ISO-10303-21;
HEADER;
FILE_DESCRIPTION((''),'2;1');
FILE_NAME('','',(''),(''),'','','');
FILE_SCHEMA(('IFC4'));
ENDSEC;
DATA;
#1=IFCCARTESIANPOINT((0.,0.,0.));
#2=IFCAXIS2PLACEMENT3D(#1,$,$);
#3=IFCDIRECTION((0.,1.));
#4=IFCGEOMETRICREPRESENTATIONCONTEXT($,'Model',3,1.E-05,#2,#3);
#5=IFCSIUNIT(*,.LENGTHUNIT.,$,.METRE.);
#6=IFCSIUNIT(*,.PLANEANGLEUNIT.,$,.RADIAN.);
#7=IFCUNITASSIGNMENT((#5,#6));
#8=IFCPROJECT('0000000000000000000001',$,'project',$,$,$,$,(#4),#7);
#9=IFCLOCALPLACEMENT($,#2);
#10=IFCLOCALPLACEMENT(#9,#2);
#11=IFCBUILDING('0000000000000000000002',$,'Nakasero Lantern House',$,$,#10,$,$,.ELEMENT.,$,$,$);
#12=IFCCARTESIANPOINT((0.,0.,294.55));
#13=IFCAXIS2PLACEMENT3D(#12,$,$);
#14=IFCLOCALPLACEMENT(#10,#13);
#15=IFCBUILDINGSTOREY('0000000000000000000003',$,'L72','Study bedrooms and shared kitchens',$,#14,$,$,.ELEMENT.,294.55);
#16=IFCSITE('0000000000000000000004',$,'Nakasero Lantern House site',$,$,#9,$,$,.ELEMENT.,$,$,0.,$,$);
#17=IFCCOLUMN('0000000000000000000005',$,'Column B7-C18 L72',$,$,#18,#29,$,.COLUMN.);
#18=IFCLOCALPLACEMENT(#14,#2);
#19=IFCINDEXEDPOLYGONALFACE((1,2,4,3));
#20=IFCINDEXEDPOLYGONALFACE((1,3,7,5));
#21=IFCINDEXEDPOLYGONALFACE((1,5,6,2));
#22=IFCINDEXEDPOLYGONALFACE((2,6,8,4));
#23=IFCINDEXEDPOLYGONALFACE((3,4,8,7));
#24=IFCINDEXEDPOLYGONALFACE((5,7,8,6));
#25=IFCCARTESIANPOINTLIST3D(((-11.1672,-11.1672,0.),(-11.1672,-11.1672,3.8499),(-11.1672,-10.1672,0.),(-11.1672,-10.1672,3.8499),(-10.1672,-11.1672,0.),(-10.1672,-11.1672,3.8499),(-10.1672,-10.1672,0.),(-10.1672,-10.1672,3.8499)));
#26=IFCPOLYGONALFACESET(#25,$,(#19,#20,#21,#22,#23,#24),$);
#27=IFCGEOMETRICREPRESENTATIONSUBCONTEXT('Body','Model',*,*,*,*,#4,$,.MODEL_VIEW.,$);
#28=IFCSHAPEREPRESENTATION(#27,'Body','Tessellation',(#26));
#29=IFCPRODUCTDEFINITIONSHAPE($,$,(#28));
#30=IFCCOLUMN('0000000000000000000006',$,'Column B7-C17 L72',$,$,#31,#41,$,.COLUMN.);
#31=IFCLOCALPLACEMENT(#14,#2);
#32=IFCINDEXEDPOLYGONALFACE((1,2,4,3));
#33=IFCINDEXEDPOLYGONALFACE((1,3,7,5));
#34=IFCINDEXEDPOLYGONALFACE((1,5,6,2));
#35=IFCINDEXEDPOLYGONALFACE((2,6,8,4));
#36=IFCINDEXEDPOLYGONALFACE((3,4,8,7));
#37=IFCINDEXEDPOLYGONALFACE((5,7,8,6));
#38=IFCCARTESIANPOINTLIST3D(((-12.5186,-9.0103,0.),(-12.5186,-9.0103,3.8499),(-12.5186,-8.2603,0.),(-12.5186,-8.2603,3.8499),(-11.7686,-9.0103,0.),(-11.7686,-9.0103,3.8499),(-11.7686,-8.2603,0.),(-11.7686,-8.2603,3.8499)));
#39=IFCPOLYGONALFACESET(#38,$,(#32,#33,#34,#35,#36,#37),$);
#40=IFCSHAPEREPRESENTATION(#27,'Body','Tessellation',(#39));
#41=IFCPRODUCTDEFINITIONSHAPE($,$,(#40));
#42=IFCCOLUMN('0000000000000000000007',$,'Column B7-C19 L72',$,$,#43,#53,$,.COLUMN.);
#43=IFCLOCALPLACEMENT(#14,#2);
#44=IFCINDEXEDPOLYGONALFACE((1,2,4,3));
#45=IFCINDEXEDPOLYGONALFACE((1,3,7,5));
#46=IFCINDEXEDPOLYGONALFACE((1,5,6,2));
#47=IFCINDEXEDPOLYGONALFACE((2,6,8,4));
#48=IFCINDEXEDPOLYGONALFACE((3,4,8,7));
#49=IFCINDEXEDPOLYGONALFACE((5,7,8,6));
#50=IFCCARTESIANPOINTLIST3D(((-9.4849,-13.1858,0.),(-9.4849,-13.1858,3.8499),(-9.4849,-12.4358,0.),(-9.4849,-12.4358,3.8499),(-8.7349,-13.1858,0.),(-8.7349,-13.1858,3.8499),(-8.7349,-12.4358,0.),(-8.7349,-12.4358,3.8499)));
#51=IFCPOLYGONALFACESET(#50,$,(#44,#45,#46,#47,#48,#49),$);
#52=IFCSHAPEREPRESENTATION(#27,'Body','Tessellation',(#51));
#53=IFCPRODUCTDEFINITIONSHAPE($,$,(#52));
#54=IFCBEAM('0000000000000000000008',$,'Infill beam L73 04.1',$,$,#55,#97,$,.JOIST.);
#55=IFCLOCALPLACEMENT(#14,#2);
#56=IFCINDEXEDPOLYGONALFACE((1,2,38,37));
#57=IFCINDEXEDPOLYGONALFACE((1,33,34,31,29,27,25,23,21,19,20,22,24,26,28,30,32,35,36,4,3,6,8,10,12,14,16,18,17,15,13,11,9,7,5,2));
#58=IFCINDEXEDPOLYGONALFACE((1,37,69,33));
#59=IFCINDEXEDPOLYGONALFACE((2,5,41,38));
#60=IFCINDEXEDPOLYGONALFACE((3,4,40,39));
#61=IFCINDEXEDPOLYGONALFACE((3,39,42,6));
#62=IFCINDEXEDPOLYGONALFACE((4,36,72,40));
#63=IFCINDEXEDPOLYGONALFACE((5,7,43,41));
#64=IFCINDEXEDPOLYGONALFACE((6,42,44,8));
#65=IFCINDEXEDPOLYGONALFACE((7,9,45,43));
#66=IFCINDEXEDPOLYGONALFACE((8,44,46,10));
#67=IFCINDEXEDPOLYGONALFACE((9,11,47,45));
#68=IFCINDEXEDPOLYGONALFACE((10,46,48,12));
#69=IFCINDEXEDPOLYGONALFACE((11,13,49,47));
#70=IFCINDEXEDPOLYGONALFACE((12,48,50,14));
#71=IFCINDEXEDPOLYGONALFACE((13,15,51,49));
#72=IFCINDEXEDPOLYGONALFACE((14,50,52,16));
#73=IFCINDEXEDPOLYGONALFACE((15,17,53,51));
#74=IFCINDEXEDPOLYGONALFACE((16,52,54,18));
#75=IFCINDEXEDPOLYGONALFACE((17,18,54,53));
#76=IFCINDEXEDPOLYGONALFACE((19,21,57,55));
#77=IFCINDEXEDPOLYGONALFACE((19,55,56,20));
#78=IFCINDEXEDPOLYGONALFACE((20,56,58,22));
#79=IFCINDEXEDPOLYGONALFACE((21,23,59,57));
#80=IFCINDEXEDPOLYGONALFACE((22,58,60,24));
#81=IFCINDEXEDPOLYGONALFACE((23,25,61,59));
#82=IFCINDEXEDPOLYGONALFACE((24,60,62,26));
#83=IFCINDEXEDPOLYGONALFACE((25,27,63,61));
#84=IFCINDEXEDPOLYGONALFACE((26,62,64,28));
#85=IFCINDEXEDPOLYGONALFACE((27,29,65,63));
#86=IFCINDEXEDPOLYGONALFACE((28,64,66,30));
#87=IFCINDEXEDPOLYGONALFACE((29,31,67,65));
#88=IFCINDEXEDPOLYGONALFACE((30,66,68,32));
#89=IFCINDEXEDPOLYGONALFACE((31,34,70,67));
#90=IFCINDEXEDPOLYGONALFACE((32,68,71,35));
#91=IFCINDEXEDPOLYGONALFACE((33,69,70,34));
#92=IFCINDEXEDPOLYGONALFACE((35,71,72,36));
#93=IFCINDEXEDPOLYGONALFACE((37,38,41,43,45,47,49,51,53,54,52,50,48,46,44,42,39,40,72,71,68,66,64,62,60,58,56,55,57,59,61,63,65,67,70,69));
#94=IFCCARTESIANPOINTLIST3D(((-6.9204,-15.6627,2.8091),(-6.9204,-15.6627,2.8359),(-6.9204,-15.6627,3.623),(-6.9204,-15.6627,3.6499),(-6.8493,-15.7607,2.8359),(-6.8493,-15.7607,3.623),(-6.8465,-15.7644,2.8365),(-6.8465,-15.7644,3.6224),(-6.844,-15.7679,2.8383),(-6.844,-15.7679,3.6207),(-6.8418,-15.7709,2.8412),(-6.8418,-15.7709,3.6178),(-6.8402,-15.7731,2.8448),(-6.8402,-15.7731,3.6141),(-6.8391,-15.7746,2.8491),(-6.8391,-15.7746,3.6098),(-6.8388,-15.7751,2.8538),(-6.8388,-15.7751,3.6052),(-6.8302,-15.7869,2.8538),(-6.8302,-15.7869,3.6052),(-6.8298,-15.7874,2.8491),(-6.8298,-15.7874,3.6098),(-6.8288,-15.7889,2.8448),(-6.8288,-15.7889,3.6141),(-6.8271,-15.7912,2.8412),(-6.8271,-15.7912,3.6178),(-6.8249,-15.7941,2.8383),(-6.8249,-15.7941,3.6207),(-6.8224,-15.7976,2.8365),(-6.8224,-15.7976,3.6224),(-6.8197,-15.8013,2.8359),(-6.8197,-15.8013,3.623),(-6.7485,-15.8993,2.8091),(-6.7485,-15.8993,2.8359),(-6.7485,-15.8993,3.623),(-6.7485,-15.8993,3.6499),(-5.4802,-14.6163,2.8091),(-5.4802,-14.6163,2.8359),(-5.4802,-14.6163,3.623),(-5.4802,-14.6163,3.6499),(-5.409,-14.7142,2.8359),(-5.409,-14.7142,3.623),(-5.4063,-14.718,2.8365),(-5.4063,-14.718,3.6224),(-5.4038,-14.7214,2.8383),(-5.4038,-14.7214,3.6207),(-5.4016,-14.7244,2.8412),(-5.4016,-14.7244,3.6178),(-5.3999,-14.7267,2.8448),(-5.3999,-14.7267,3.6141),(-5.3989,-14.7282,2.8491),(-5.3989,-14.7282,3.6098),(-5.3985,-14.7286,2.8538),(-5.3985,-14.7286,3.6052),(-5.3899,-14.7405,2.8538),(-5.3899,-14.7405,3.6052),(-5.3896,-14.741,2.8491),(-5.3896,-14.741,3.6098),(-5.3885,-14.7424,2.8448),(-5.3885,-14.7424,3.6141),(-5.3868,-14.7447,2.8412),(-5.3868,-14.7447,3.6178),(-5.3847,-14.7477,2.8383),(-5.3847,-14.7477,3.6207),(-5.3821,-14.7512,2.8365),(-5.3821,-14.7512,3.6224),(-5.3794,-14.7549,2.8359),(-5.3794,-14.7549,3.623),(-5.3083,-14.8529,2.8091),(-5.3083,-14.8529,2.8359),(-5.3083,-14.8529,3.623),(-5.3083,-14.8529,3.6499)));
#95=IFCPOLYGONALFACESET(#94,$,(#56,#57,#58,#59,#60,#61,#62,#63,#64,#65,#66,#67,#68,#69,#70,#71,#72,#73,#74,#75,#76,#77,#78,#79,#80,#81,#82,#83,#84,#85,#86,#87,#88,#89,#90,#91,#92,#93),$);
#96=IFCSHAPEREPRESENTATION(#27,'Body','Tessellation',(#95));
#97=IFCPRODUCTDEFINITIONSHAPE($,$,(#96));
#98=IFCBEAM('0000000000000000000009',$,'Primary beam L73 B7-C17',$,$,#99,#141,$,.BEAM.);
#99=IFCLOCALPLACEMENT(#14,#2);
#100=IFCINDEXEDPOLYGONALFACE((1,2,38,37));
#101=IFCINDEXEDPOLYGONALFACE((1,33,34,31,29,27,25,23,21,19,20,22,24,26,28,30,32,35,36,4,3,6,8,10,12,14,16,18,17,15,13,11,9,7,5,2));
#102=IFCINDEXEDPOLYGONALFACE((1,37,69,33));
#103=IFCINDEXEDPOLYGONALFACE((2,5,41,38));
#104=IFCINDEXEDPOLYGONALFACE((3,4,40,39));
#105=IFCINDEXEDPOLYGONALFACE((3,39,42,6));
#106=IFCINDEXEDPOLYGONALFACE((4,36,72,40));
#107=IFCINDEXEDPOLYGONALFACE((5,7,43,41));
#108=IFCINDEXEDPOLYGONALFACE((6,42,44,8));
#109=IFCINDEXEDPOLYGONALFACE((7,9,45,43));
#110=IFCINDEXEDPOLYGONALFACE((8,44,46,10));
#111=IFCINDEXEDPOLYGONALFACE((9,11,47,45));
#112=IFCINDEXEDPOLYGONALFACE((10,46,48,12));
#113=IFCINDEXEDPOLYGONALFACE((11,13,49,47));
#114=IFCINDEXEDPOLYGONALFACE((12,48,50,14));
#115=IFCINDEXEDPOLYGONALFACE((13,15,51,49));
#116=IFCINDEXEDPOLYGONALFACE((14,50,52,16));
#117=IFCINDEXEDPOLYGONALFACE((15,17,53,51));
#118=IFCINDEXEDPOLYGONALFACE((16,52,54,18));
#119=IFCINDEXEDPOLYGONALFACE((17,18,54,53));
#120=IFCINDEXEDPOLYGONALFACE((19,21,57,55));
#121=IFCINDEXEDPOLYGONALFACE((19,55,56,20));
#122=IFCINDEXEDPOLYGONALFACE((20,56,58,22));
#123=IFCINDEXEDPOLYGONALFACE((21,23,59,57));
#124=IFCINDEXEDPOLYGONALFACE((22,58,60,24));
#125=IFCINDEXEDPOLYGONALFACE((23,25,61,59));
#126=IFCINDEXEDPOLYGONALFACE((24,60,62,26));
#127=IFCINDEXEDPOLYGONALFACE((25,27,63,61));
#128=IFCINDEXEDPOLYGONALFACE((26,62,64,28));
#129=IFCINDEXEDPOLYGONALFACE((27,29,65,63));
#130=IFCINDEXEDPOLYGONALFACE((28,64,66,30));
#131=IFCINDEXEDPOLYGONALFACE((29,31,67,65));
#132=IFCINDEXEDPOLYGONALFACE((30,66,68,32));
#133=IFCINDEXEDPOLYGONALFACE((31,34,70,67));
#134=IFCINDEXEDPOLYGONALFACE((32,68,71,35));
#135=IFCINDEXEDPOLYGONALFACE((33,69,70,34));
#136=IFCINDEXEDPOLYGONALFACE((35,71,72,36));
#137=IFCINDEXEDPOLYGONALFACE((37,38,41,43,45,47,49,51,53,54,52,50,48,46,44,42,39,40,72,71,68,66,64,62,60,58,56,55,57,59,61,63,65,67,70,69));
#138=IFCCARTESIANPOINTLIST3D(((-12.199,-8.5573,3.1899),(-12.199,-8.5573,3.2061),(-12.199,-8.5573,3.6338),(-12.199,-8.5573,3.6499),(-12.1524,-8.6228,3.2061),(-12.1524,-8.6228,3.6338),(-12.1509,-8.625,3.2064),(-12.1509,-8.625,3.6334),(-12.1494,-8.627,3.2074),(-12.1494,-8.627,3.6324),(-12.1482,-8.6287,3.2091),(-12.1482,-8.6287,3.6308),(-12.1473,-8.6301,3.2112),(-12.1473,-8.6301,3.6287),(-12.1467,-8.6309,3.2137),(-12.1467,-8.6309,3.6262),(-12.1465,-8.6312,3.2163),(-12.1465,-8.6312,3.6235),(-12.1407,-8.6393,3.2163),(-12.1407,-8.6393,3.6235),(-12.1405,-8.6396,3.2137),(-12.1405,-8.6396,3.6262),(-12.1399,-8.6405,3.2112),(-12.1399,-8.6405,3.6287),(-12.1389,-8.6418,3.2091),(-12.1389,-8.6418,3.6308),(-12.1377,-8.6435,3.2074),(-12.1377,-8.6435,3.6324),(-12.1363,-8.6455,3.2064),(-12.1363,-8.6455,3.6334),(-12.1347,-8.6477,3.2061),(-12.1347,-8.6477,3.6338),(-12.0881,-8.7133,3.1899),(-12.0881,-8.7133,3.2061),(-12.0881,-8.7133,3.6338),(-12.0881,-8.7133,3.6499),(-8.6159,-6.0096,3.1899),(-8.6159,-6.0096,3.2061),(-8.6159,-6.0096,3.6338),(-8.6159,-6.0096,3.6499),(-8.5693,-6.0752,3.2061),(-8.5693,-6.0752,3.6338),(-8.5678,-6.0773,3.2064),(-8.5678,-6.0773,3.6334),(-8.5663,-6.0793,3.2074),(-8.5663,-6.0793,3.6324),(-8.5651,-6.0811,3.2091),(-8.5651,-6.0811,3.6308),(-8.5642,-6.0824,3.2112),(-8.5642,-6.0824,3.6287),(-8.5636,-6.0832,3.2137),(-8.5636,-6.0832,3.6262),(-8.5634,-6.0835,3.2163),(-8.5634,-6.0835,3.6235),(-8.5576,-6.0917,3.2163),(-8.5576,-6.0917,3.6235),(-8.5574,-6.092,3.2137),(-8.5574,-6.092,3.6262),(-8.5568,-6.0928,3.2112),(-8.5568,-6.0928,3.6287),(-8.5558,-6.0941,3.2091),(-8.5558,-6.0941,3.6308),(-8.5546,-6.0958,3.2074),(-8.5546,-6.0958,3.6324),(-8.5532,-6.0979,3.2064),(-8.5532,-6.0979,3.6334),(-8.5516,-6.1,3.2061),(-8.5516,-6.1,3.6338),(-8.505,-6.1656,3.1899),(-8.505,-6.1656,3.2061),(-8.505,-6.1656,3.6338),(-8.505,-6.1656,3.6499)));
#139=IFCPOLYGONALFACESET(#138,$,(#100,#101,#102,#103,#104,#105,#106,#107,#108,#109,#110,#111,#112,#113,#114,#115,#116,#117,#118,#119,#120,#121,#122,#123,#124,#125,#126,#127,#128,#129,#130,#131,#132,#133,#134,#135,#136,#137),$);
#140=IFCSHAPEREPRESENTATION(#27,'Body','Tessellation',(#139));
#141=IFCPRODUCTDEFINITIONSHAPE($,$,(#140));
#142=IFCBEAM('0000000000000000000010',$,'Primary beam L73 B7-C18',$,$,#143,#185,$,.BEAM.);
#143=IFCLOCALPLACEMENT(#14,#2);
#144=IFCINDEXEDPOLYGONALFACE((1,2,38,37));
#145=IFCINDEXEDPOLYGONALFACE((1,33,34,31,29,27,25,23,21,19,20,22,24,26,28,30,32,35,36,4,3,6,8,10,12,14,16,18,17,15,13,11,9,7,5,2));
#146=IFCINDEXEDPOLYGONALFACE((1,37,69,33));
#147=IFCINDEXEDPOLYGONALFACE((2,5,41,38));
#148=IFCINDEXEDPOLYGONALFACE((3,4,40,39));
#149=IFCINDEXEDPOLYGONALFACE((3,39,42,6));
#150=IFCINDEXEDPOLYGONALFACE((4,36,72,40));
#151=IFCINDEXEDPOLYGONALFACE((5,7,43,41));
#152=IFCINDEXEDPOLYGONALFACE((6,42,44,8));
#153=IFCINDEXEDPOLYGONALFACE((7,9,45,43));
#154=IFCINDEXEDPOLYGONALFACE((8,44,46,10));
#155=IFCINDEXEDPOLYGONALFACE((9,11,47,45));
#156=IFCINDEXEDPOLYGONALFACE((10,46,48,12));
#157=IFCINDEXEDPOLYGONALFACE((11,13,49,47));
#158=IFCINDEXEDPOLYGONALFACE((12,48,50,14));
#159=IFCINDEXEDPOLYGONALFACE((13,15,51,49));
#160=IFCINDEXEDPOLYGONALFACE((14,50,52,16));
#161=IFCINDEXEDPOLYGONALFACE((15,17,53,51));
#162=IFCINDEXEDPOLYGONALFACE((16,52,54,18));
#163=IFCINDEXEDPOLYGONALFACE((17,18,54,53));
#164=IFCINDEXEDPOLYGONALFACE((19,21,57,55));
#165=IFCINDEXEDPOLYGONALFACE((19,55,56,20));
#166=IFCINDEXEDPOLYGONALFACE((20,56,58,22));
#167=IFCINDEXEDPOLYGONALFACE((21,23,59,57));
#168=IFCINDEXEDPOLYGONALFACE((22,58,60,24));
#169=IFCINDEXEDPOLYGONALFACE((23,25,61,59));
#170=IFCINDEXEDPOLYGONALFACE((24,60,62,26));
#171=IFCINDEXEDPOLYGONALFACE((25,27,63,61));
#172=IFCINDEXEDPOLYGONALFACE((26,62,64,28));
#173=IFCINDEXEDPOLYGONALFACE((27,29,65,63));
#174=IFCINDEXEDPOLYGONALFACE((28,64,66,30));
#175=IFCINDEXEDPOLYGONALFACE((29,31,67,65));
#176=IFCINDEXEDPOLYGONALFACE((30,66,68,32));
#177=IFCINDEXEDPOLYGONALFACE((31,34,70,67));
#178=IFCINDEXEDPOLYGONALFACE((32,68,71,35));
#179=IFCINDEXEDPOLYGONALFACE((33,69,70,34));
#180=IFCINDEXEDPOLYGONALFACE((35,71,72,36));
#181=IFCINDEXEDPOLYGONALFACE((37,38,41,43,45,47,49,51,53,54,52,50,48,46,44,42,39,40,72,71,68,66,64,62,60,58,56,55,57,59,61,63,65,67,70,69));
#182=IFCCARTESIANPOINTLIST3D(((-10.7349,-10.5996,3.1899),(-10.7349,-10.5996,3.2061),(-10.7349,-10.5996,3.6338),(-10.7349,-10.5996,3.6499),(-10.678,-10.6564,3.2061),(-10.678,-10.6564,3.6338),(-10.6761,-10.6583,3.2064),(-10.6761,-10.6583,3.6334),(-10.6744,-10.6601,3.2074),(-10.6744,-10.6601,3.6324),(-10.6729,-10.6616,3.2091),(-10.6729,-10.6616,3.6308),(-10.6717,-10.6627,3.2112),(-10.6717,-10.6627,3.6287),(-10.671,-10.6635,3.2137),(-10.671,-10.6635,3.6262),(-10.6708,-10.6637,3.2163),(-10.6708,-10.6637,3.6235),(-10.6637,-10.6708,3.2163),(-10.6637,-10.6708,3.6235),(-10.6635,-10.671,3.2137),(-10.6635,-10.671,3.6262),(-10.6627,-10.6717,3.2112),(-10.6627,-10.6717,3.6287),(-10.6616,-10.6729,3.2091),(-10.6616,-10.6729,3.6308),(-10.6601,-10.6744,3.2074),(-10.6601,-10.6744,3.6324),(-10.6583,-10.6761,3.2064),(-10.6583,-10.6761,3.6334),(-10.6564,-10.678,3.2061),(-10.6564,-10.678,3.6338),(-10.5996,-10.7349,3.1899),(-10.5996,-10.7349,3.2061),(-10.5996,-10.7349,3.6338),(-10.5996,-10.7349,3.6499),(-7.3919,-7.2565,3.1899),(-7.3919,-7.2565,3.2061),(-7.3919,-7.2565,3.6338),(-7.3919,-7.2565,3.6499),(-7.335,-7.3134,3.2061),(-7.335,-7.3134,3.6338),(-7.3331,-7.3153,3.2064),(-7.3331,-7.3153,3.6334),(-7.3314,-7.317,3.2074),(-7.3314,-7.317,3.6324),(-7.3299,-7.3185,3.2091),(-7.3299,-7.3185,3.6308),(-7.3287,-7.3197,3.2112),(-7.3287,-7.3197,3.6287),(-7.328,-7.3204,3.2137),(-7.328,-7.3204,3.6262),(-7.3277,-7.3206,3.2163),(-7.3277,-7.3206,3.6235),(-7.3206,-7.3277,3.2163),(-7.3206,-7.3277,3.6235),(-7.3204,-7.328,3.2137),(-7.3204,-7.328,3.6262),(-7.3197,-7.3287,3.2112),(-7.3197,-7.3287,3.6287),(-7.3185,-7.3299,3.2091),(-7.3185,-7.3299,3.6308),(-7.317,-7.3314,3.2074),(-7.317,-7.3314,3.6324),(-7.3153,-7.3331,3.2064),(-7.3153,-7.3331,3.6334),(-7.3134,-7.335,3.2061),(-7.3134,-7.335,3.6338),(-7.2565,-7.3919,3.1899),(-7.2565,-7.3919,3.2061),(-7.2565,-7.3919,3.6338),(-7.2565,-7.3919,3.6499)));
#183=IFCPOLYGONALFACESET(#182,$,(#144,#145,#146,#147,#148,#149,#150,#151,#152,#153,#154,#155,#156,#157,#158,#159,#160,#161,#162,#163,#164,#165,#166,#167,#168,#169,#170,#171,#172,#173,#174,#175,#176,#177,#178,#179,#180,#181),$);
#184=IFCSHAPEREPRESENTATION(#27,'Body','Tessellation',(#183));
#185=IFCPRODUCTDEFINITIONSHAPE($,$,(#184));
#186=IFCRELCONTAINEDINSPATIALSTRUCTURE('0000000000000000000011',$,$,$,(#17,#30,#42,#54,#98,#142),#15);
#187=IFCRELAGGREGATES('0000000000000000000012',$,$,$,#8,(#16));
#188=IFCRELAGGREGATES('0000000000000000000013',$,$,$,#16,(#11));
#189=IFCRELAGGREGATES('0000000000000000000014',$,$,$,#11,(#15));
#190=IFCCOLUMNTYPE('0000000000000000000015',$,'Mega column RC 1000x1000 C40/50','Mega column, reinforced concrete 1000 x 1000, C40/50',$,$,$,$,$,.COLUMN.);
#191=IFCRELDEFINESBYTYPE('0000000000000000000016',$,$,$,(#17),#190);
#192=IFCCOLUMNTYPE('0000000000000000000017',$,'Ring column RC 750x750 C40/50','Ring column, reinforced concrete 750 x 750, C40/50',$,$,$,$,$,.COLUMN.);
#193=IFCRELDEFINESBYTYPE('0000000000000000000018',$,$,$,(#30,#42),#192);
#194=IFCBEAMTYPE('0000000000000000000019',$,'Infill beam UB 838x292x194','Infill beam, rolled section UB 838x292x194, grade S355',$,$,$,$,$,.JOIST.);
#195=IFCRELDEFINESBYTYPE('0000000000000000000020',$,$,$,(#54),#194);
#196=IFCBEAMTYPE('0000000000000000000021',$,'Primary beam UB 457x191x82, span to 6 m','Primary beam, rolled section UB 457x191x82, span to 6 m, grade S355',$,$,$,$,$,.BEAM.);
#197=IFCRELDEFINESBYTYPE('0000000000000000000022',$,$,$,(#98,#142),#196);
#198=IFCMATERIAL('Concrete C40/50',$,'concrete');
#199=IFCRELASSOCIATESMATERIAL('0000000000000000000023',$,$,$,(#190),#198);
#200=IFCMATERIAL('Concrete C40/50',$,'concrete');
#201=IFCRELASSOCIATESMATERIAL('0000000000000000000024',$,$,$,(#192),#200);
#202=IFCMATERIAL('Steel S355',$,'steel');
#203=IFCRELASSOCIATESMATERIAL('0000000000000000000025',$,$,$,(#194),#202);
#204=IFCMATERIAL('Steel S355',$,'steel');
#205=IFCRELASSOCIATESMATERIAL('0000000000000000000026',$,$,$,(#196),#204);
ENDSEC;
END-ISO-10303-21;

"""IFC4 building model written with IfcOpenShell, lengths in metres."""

from ifc_helpers import new_model, si_unit, direction, frame, origin, origin_2d, place, context, subcontext, project, spatial, rectangle, i_section, extrude, material, material_profile, profile_set, type_object, element, save


model = new_model("IFC4")

# Units and contexts
model_context = context("Model", 3, precision=1e-05, world=origin(), true_north=direction((0.0, 1.0)))
body_context = subcontext(model_context, "Body", "Model", "MODEL_VIEW")
ifc_project = project(units=[si_unit("LENGTHUNIT", "METRE"), si_unit("PLANEANGLEUNIT", "RADIAN")], contexts=[model_context])

# Site, building, storey
site_placement = place(None, origin())
site = spatial("IfcSite", under=ifc_project, at=site_placement, Name="Nakasero Lantern House site", CompositionType="ELEMENT", RefElevation=0.0)
building_placement = place(site_placement, origin())
building = spatial("IfcBuilding", under=site, at=building_placement, Name="Nakasero Lantern House", CompositionType="ELEMENT")
storey_placement = place(building_placement, frame((0.0, 0.0, 294.55)))
storey = spatial("IfcBuildingStorey", under=building, at=storey_placement, Name="L72", Description="Study bedrooms and shared kitchens", CompositionType="ELEMENT", Elevation=294.55)

# Columns
ifc_material_1 = material(Name="Concrete C40/50", Category="concrete")
ifc_material_profile_1 = material_profile(ifc_material_1, rectangle(XDim=1.0, YDim=1.0, at=origin_2d()), Name="RC 1000x1000")
ifc_profile_set_1 = profile_set([ifc_material_profile_1], Name="Concrete C40/50")
column_type_1 = type_object("IfcColumnType", Name="Mega column RC 1000x1000 C40/50", Description="Mega column, reinforced concrete 1000 x 1000, C40/50", PredefinedType="COLUMN", material=ifc_profile_set_1)
column_placement = place(storey_placement, frame((-10.6672, -10.6672, 0.0), z_axis=(0.0, 0.0, 1.0), x_axis=(1.0, 0.0, 0.0)))
element("IfcColumn", 1, at=column_placement, inside=storey, type_object=column_type_1, Name="Column B7-C18 L72", PredefinedType="COLUMN", context=body_context, shape_type="SweptSolid", body=[
    extrude(rectangle(XDim=1.0, YDim=1.0, at=origin_2d()), origin(), (0.0, 0.0, 1.0), 3.8499),
])
ifc_material_2 = material(Name="Concrete C40/50", Category="concrete")
ifc_material_profile_2 = material_profile(ifc_material_2, rectangle(XDim=0.75, YDim=0.75, at=origin_2d()), Name="RC 750x750")
ifc_profile_set_2 = profile_set([ifc_material_profile_2], Name="Concrete C40/50")
column_type_2 = type_object("IfcColumnType", Name="Ring column RC 750x750 C40/50", Description="Ring column, reinforced concrete 750 x 750, C40/50", PredefinedType="COLUMN", material=ifc_profile_set_2)
for number, where, z_axis, x_axis, name in (
    (2, (-12.1436, -8.6353, 0.0), (0.0, 0.0, 1.0), (1.0, 0.0, 0.0), "Column B7-C17 L72"),
    (3, (-9.1099, -12.8108, 0.0), (0.0, 0.0, 1.0), (1.0, 0.0, 0.0), "Column B7-C19 L72"),
):
    element("IfcColumn", number, at=place(storey_placement, frame(where, z_axis=z_axis, x_axis=x_axis)), inside=storey, type_object=column_type_2, Name=name, PredefinedType="COLUMN", context=body_context, shape_type="SweptSolid", body=[
        extrude(rectangle(XDim=0.75, YDim=0.75, at=origin_2d()), origin(), (0.0, 0.0, 1.0), 3.8499),
    ])

# Beams
ifc_material_3 = material(Name="Steel S355", Category="steel")
ifc_material_profile_3 = material_profile(ifc_material_3, i_section(OverallWidth=0.2925, OverallDepth=0.8408, WebThickness=0.0146, FlangeThickness=0.0269, FilletRadius=0.0178, at=origin_2d()), Name="UB 838x292x194")
ifc_profile_set_3 = profile_set([ifc_material_profile_3], Name="Steel S355")
beam_type_1 = type_object("IfcBeamType", Name="Infill beam UB 838x292x194", Description="Infill beam, rolled section UB 838x292x194, grade S355", PredefinedType="JOIST", material=ifc_profile_set_3)
beam_1_placement = place(storey_placement, frame((-6.8345, -15.781, 3.2295), z_axis=(0.809009, 0.587797, 0.0), x_axis=(-0.587797, 0.809009, 0.0)))
element("IfcBeam", 4, at=beam_1_placement, inside=storey, type_object=beam_type_1, Name="Infill beam L73 04.1", PredefinedType="JOIST", context=body_context, shape_type="SweptSolid", body=[
    extrude(i_section(OverallWidth=0.2925, OverallDepth=0.8408, WebThickness=0.0146, FlangeThickness=0.0269, FilletRadius=0.0178, at=origin_2d()), origin(), (0.0, 0.0, 1.0), 1.7803),
])
ifc_material_4 = material(Name="Steel S355", Category="steel")
ifc_material_profile_4 = material_profile(ifc_material_4, i_section(OverallWidth=0.1914, OverallDepth=0.46, WebThickness=0.01, FlangeThickness=0.0161, FilletRadius=0.0103, at=origin_2d()), Name="UB 457x191x82")
ifc_profile_set_4 = profile_set([ifc_material_profile_4], Name="Steel S355")
beam_type_2 = type_object("IfcBeamType", Name="Primary beam UB 457x191x82, span to 6 m", Description="Primary beam, rolled section UB 457x191x82, span to 6 m, grade S355", PredefinedType="BEAM", material=ifc_profile_set_4)
beam_2_placement = place(storey_placement, frame((-12.1436, -8.6353, 3.4199), z_axis=(0.814989, 0.579477, 0.0), x_axis=(-0.579477, 0.814989, 0.0)))
element("IfcBeam", 5, at=beam_2_placement, inside=storey, type_object=beam_type_2, Name="Primary beam L73 B7-C17", PredefinedType="BEAM", context=body_context, shape_type="SweptSolid", body=[
    extrude(i_section(OverallWidth=0.1914, OverallDepth=0.46, WebThickness=0.01, FlangeThickness=0.0161, FilletRadius=0.0103, at=origin_2d()), origin(), (0.0, 0.0, 1.0), 4.3965),
])
beam_3_placement = place(storey_placement, frame((-10.6672, -10.6672, 3.4199), z_axis=(0.707107, 0.707107, 0.0), x_axis=(-0.707107, 0.707107, 0.0)))
element("IfcBeam", 6, at=beam_3_placement, inside=storey, type_object=beam_type_2, Name="Primary beam L73 B7-C18", PredefinedType="BEAM", context=body_context, shape_type="SweptSolid", body=[
    extrude(i_section(OverallWidth=0.1914, OverallDepth=0.46, WebThickness=0.01, FlangeThickness=0.0161, FilletRadius=0.0103, at=origin_2d()), origin(), (0.0, 0.0, 1.0), 4.7278),
])

save(model, "model.ifc")
